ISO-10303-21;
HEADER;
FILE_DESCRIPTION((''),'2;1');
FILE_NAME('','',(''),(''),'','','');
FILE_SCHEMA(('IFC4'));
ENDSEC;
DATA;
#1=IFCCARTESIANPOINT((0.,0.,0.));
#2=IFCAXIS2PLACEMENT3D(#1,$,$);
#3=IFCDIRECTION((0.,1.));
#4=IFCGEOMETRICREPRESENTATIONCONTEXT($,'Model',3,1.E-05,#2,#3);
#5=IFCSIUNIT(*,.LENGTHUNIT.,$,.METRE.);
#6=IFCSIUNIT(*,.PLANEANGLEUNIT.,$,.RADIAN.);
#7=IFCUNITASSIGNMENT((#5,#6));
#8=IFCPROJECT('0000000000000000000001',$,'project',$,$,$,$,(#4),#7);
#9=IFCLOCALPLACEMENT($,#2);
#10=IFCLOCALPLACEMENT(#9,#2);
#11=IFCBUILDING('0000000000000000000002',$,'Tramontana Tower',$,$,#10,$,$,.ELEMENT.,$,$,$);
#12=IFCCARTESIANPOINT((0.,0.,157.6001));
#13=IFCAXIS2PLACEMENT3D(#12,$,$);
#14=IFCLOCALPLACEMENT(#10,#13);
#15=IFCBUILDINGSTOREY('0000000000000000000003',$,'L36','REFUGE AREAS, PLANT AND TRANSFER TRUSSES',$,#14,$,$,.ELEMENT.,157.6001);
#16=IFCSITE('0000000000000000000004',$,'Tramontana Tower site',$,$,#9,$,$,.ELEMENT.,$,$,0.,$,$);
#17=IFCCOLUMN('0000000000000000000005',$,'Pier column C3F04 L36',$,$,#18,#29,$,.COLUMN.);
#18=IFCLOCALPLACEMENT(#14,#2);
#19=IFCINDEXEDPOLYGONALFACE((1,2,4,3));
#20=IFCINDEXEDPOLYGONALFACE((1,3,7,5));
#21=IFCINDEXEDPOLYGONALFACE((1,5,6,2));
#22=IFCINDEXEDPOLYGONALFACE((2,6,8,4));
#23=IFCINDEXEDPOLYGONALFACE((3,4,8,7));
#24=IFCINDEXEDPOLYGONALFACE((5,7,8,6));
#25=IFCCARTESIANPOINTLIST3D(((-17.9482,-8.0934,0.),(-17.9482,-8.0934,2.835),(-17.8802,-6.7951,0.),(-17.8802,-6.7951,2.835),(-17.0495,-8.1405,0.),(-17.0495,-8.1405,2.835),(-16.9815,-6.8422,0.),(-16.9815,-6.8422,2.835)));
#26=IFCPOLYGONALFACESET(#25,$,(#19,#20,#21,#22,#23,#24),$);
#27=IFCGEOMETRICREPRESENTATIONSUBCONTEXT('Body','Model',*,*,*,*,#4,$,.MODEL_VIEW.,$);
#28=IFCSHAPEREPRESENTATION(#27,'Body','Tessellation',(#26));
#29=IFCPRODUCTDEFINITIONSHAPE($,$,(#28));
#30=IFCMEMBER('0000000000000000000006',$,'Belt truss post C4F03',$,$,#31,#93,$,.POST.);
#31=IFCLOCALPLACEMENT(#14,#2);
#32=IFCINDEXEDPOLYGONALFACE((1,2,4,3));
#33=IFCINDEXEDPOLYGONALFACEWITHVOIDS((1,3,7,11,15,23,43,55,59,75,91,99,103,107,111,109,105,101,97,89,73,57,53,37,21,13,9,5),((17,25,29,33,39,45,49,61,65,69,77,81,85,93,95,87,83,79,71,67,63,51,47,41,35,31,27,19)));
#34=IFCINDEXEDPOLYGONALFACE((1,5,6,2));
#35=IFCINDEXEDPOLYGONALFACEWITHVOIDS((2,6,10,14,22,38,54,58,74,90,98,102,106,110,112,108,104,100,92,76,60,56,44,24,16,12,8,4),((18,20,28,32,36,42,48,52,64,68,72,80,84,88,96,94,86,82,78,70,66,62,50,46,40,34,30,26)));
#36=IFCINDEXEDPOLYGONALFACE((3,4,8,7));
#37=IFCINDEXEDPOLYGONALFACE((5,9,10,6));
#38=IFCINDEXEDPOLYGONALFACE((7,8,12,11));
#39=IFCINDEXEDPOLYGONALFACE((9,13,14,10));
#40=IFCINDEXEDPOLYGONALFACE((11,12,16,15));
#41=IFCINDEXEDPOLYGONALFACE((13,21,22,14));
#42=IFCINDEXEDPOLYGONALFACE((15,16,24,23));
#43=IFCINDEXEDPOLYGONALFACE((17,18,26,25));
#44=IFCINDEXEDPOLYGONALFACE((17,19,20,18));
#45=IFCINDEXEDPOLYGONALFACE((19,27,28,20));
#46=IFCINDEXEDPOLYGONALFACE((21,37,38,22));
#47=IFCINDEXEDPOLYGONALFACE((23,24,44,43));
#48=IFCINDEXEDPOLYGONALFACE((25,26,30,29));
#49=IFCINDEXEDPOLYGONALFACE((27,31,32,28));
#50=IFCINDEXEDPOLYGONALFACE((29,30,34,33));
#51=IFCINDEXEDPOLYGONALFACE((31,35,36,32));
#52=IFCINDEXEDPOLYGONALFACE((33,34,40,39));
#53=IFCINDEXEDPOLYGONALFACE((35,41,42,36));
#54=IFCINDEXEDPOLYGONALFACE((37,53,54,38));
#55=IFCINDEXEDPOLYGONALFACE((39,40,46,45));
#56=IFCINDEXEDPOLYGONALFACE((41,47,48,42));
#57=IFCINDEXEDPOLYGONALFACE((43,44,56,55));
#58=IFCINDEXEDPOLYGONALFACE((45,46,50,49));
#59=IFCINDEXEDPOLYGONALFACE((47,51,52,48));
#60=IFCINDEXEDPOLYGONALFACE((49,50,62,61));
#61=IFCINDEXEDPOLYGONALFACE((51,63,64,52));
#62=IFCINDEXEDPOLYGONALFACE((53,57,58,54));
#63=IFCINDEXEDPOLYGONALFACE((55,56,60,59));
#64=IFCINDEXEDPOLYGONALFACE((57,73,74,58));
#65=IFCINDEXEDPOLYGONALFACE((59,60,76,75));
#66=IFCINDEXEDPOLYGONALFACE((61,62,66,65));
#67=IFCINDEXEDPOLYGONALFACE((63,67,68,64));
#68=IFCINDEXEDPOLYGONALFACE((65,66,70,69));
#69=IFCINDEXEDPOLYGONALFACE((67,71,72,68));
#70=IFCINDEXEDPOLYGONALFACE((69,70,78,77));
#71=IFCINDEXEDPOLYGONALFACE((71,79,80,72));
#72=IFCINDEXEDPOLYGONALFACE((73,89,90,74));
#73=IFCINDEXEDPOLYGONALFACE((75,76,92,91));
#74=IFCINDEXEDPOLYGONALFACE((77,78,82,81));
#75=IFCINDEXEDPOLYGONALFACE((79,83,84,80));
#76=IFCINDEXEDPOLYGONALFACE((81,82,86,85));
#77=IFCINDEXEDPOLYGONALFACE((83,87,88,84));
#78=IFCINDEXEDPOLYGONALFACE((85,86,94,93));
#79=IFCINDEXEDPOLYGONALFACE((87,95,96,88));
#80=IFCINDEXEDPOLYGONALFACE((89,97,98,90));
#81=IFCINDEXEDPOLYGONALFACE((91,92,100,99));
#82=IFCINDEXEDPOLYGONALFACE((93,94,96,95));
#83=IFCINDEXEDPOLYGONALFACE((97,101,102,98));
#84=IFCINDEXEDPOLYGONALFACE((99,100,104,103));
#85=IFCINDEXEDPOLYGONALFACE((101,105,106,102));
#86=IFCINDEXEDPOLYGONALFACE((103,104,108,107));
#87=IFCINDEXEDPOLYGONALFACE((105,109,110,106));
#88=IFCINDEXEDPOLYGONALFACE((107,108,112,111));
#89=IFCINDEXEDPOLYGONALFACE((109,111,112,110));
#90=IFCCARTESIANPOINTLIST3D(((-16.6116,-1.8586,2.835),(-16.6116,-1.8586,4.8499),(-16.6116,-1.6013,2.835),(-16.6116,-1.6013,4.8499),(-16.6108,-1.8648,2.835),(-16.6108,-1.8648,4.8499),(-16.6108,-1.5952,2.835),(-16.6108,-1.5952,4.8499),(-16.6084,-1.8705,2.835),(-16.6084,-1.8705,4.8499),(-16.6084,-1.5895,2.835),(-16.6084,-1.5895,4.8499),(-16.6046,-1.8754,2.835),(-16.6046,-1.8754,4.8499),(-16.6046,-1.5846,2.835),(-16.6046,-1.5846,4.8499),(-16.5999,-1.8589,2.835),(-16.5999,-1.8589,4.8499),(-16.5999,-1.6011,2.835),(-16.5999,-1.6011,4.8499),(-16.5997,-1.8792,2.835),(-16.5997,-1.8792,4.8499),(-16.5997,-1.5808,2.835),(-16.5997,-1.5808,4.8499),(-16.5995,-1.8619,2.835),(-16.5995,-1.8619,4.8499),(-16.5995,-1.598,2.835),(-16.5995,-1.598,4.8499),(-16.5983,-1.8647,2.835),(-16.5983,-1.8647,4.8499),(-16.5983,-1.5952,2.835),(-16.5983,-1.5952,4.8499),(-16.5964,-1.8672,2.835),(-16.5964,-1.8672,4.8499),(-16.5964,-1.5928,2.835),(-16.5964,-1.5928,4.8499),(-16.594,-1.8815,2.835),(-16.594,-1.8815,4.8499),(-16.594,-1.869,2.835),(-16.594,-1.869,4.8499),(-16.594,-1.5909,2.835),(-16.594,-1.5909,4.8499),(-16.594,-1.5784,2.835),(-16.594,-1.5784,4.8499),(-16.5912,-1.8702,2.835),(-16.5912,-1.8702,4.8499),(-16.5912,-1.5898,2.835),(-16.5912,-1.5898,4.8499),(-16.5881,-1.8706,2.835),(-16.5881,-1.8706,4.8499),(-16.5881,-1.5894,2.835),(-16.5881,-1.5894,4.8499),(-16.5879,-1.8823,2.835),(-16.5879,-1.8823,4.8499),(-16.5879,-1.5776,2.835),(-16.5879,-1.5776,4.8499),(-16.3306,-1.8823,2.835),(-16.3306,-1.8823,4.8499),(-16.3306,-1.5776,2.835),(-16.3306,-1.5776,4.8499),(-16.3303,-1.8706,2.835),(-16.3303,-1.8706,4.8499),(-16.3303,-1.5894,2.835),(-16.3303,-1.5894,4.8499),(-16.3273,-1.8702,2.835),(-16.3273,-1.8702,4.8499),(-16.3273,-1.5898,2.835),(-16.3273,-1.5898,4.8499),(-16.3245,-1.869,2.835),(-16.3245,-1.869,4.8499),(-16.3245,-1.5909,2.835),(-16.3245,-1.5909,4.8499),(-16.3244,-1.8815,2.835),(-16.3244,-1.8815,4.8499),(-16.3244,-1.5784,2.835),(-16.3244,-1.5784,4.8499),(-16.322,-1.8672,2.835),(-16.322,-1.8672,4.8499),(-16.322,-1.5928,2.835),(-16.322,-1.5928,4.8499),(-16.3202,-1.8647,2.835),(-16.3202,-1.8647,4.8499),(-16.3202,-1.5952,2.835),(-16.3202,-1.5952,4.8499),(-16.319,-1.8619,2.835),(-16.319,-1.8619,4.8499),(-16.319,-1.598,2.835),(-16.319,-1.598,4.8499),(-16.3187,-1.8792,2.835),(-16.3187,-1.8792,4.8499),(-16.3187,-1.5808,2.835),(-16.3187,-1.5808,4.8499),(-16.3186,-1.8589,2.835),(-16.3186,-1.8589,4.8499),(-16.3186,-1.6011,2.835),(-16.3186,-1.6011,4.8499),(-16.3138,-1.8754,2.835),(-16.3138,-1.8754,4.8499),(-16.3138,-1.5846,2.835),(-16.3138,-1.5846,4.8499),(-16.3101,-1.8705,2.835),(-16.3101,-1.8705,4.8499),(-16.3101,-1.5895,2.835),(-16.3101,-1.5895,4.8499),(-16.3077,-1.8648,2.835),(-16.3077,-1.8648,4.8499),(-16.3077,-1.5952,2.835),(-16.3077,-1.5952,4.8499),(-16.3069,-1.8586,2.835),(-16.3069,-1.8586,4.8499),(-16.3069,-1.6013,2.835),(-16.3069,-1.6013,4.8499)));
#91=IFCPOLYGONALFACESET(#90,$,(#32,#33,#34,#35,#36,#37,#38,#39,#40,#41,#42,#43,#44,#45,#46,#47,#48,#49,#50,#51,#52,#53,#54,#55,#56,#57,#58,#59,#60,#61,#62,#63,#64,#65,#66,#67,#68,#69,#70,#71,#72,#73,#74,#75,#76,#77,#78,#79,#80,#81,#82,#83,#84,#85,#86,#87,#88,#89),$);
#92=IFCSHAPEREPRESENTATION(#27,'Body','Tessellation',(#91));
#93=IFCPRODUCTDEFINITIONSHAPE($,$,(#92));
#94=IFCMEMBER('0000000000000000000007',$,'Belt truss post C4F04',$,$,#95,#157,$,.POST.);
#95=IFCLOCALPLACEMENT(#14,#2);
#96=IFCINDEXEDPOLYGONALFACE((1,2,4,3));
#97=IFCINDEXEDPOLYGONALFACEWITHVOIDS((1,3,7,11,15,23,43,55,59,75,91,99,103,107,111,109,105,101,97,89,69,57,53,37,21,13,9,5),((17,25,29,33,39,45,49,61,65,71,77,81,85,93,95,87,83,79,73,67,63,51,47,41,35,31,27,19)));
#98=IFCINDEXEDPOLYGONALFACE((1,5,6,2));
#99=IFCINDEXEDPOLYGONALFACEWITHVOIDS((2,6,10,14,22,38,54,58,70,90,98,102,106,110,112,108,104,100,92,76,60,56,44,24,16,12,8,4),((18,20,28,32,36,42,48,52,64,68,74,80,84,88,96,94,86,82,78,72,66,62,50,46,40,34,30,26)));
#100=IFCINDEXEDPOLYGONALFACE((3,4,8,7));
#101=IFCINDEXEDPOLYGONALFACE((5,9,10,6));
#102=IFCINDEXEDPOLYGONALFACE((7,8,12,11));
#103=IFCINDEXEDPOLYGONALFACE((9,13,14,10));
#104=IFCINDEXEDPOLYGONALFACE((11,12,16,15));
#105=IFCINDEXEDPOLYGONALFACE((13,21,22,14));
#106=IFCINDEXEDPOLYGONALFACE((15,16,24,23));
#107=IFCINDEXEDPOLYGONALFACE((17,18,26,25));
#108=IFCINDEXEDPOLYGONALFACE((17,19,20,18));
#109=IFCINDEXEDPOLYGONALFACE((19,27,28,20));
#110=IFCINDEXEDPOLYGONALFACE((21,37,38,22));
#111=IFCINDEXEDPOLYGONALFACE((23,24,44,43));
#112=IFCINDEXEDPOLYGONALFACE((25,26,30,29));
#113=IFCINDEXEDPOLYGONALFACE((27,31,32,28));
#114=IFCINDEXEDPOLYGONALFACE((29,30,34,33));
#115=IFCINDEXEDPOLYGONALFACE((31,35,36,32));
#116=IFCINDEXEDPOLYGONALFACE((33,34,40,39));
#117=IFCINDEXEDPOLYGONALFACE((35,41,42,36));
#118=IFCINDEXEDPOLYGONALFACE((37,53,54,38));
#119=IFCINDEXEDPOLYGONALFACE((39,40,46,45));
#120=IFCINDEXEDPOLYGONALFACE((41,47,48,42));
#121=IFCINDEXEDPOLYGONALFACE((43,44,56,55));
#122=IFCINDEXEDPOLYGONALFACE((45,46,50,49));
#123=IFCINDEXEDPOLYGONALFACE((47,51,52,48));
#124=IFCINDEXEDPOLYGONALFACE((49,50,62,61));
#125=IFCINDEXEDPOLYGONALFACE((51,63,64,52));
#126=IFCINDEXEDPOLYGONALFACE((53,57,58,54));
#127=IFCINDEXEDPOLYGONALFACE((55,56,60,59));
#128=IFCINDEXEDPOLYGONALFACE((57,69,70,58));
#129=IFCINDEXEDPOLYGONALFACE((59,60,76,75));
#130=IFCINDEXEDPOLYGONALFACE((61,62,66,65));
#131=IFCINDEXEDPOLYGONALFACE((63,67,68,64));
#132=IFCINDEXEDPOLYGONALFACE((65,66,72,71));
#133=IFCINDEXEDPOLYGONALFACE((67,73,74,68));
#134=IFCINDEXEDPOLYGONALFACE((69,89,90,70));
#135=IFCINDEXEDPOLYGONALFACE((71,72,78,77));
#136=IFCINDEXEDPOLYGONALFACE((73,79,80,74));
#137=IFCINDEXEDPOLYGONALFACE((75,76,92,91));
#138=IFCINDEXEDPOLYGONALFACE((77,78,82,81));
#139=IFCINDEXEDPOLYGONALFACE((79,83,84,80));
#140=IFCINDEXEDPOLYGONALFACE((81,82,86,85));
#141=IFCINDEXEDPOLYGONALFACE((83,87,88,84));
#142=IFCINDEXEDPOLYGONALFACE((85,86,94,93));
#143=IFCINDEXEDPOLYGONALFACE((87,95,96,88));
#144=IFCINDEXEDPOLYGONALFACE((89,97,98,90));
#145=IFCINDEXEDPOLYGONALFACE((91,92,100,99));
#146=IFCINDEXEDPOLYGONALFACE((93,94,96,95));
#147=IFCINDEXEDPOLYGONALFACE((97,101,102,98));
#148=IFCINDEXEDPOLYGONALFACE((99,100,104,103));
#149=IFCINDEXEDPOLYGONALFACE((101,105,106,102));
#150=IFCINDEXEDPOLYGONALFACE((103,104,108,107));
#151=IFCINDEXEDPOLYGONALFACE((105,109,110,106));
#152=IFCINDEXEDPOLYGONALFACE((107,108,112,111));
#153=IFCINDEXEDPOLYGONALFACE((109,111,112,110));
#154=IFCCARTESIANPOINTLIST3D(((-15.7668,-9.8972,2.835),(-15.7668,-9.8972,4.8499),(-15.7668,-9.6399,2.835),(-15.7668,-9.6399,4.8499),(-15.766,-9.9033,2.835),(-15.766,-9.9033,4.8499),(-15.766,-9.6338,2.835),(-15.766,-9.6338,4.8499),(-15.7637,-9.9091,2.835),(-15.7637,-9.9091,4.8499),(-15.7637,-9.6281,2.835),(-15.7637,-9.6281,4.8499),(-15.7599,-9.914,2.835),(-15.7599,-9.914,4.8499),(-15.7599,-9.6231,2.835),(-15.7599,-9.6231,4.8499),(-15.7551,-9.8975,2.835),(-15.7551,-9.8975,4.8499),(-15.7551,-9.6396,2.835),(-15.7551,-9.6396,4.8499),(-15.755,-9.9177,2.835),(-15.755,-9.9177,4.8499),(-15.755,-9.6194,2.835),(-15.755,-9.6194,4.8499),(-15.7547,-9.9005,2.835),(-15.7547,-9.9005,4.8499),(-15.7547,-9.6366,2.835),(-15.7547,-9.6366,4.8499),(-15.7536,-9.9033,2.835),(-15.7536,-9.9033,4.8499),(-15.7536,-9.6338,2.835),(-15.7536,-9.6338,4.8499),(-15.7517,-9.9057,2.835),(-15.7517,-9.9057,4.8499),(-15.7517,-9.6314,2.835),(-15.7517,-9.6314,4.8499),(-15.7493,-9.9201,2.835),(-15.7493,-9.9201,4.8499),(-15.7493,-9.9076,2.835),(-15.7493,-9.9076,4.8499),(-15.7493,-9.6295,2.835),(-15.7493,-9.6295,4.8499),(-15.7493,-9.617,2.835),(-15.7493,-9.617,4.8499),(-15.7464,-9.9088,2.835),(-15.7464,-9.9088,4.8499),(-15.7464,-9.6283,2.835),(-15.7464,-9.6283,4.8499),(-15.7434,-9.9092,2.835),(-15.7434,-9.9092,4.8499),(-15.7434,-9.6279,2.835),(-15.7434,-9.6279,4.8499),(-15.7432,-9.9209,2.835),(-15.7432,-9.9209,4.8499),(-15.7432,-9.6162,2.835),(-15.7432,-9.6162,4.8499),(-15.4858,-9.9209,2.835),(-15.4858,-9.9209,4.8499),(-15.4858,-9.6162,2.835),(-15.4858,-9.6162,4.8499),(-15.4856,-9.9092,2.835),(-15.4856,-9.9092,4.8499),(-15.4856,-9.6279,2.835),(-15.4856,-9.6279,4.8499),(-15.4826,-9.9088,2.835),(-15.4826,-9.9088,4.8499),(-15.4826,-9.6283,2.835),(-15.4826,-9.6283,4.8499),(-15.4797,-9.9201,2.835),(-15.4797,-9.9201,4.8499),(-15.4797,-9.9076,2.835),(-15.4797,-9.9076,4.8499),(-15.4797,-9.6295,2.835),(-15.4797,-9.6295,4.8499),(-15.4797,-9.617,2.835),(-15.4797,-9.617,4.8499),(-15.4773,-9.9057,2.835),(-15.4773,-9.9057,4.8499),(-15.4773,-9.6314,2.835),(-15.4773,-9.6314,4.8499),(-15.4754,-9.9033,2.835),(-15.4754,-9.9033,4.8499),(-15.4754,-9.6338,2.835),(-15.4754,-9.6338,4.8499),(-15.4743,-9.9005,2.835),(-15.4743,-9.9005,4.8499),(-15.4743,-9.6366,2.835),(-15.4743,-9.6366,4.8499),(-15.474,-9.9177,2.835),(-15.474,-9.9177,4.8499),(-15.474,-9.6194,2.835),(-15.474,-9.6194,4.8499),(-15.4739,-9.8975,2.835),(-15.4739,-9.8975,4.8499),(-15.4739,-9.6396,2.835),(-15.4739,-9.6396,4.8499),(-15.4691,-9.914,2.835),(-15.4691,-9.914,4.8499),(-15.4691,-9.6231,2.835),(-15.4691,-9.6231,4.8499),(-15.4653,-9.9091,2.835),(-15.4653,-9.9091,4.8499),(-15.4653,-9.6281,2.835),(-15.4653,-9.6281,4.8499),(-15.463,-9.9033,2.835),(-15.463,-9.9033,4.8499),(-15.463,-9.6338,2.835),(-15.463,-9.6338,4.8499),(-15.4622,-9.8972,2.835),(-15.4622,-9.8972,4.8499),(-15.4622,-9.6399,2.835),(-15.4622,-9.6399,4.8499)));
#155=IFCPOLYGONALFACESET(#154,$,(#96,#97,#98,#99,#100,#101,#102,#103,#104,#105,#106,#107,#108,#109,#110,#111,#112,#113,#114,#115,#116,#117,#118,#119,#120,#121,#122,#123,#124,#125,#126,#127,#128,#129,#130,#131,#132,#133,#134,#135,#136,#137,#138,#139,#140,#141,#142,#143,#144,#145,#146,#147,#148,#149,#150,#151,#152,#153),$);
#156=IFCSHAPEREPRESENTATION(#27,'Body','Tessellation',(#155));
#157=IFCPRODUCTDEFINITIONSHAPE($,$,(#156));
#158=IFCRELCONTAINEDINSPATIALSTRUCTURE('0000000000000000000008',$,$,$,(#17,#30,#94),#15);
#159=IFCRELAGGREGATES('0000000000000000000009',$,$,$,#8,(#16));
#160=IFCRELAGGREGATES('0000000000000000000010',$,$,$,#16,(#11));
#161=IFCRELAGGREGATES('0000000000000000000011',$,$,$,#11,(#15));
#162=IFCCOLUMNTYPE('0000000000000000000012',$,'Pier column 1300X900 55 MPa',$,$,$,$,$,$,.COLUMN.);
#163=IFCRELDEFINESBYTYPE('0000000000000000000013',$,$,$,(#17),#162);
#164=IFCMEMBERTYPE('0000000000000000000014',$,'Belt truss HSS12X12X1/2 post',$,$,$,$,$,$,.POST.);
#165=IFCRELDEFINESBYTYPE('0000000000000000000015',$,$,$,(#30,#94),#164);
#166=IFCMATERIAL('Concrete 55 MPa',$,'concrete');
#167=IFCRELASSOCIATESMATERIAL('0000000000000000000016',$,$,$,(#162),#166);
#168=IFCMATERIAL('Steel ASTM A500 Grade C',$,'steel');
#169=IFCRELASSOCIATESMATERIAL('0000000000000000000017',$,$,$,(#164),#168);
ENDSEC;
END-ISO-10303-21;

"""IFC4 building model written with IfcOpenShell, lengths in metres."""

from ifc_helpers import new_model, si_unit, direction, frame, origin, origin_2d, place, context, subcontext, project, spatial, rectangle, hollow_rectangle, extrude, material, material_profile, profile_set, type_object, element, save


model = new_model("IFC4")

# Units and contexts
model_context = context("Model", 3, precision=1e-05, world=origin(), true_north=direction((0.0, 1.0)))
body_context = subcontext(model_context, "Body", "Model", "MODEL_VIEW")
ifc_project = project(units=[si_unit("LENGTHUNIT", "METRE"), si_unit("PLANEANGLEUNIT", "RADIAN")], contexts=[model_context])

# Site, building, storey
site_placement = place(None, origin())
site = spatial("IfcSite", under=ifc_project, at=site_placement, Name="Tramontana Tower site", CompositionType="ELEMENT", RefElevation=0.0)
building_placement = place(site_placement, origin())
building = spatial("IfcBuilding", under=site, at=building_placement, Name="Tramontana Tower", CompositionType="ELEMENT")
storey_placement = place(building_placement, frame((0.0, 0.0, 157.6001)))
storey = spatial("IfcBuildingStorey", under=building, at=storey_placement, Name="L36", Description="REFUGE AREAS, PLANT AND TRANSFER TRUSSES", CompositionType="ELEMENT", Elevation=157.6001)

# Column
ifc_material_1 = material(Name="Concrete 55 MPa", Category="concrete")
ifc_material_profile_1 = material_profile(ifc_material_1, rectangle(XDim=1.3, YDim=0.8999, at=origin_2d()), Name="Pier column 1300X900 55 MPa")
ifc_profile_set_1 = profile_set([ifc_material_profile_1], Name="Concrete 55 MPa")
column_type = type_object("IfcColumnType", Name="Pier column 1300X900 55 MPa", PredefinedType="COLUMN", material=ifc_profile_set_1)
column_placement = place(storey_placement, frame((-17.4648, -7.4678, 0.0), z_axis=(0.0, 0.0, 1.0), x_axis=(-0.052336, -0.99863, 0.0)))
element("IfcColumn", 1, at=column_placement, inside=storey, type_object=column_type, Name="Pier column C3F04 L36", PredefinedType="COLUMN", context=body_context, shape_type="SweptSolid", body=[
    extrude(rectangle(XDim=1.3, YDim=0.8999, at=origin_2d()), origin(), (0.0, 0.0, 1.0), 2.835),
])

# Members
ifc_material_2 = material(Name="Steel ASTM A500 Grade C", Category="steel")
ifc_material_profile_2 = material_profile(ifc_material_2, hollow_rectangle(XDim=0.3047, YDim=0.3047, WallThickness=0.0117, InnerFilletRadius=0.0117, OuterFilletRadius=0.0237, at=origin_2d()), Name="HSS12X12X1/2")
ifc_profile_set_2 = profile_set([ifc_material_profile_2], Name="Steel ASTM A500 Grade C")
member_type_1 = type_object("IfcMemberType", Name="Belt truss HSS12X12X1/2 post", PredefinedType="POST", material=ifc_profile_set_2)
for number, where, z_axis, x_axis, name in (
    (2, (-16.4592, -1.73, 2.835), (0.0, 0.0, 1.0), (1.0, 0.0, 0.0), "Belt truss post C4F03"),
    (3, (-15.6145, -9.7686, 2.835), (0.0, 0.0, 1.0), (1.0, 0.0, 0.0), "Belt truss post C4F04"),
):
    element("IfcMember", number, at=place(storey_placement, frame(where, z_axis=z_axis, x_axis=x_axis)), inside=storey, type_object=member_type_1, Name=name, PredefinedType="POST", context=body_context, shape_type="SweptSolid", body=[
        extrude(hollow_rectangle(XDim=0.3047, YDim=0.3047, WallThickness=0.0117, InnerFilletRadius=0.0117, OuterFilletRadius=0.0237, at=origin_2d()), origin(), (0.0, 0.0, 1.0), 2.0149),
    ])

save(model, "model.ifc")
